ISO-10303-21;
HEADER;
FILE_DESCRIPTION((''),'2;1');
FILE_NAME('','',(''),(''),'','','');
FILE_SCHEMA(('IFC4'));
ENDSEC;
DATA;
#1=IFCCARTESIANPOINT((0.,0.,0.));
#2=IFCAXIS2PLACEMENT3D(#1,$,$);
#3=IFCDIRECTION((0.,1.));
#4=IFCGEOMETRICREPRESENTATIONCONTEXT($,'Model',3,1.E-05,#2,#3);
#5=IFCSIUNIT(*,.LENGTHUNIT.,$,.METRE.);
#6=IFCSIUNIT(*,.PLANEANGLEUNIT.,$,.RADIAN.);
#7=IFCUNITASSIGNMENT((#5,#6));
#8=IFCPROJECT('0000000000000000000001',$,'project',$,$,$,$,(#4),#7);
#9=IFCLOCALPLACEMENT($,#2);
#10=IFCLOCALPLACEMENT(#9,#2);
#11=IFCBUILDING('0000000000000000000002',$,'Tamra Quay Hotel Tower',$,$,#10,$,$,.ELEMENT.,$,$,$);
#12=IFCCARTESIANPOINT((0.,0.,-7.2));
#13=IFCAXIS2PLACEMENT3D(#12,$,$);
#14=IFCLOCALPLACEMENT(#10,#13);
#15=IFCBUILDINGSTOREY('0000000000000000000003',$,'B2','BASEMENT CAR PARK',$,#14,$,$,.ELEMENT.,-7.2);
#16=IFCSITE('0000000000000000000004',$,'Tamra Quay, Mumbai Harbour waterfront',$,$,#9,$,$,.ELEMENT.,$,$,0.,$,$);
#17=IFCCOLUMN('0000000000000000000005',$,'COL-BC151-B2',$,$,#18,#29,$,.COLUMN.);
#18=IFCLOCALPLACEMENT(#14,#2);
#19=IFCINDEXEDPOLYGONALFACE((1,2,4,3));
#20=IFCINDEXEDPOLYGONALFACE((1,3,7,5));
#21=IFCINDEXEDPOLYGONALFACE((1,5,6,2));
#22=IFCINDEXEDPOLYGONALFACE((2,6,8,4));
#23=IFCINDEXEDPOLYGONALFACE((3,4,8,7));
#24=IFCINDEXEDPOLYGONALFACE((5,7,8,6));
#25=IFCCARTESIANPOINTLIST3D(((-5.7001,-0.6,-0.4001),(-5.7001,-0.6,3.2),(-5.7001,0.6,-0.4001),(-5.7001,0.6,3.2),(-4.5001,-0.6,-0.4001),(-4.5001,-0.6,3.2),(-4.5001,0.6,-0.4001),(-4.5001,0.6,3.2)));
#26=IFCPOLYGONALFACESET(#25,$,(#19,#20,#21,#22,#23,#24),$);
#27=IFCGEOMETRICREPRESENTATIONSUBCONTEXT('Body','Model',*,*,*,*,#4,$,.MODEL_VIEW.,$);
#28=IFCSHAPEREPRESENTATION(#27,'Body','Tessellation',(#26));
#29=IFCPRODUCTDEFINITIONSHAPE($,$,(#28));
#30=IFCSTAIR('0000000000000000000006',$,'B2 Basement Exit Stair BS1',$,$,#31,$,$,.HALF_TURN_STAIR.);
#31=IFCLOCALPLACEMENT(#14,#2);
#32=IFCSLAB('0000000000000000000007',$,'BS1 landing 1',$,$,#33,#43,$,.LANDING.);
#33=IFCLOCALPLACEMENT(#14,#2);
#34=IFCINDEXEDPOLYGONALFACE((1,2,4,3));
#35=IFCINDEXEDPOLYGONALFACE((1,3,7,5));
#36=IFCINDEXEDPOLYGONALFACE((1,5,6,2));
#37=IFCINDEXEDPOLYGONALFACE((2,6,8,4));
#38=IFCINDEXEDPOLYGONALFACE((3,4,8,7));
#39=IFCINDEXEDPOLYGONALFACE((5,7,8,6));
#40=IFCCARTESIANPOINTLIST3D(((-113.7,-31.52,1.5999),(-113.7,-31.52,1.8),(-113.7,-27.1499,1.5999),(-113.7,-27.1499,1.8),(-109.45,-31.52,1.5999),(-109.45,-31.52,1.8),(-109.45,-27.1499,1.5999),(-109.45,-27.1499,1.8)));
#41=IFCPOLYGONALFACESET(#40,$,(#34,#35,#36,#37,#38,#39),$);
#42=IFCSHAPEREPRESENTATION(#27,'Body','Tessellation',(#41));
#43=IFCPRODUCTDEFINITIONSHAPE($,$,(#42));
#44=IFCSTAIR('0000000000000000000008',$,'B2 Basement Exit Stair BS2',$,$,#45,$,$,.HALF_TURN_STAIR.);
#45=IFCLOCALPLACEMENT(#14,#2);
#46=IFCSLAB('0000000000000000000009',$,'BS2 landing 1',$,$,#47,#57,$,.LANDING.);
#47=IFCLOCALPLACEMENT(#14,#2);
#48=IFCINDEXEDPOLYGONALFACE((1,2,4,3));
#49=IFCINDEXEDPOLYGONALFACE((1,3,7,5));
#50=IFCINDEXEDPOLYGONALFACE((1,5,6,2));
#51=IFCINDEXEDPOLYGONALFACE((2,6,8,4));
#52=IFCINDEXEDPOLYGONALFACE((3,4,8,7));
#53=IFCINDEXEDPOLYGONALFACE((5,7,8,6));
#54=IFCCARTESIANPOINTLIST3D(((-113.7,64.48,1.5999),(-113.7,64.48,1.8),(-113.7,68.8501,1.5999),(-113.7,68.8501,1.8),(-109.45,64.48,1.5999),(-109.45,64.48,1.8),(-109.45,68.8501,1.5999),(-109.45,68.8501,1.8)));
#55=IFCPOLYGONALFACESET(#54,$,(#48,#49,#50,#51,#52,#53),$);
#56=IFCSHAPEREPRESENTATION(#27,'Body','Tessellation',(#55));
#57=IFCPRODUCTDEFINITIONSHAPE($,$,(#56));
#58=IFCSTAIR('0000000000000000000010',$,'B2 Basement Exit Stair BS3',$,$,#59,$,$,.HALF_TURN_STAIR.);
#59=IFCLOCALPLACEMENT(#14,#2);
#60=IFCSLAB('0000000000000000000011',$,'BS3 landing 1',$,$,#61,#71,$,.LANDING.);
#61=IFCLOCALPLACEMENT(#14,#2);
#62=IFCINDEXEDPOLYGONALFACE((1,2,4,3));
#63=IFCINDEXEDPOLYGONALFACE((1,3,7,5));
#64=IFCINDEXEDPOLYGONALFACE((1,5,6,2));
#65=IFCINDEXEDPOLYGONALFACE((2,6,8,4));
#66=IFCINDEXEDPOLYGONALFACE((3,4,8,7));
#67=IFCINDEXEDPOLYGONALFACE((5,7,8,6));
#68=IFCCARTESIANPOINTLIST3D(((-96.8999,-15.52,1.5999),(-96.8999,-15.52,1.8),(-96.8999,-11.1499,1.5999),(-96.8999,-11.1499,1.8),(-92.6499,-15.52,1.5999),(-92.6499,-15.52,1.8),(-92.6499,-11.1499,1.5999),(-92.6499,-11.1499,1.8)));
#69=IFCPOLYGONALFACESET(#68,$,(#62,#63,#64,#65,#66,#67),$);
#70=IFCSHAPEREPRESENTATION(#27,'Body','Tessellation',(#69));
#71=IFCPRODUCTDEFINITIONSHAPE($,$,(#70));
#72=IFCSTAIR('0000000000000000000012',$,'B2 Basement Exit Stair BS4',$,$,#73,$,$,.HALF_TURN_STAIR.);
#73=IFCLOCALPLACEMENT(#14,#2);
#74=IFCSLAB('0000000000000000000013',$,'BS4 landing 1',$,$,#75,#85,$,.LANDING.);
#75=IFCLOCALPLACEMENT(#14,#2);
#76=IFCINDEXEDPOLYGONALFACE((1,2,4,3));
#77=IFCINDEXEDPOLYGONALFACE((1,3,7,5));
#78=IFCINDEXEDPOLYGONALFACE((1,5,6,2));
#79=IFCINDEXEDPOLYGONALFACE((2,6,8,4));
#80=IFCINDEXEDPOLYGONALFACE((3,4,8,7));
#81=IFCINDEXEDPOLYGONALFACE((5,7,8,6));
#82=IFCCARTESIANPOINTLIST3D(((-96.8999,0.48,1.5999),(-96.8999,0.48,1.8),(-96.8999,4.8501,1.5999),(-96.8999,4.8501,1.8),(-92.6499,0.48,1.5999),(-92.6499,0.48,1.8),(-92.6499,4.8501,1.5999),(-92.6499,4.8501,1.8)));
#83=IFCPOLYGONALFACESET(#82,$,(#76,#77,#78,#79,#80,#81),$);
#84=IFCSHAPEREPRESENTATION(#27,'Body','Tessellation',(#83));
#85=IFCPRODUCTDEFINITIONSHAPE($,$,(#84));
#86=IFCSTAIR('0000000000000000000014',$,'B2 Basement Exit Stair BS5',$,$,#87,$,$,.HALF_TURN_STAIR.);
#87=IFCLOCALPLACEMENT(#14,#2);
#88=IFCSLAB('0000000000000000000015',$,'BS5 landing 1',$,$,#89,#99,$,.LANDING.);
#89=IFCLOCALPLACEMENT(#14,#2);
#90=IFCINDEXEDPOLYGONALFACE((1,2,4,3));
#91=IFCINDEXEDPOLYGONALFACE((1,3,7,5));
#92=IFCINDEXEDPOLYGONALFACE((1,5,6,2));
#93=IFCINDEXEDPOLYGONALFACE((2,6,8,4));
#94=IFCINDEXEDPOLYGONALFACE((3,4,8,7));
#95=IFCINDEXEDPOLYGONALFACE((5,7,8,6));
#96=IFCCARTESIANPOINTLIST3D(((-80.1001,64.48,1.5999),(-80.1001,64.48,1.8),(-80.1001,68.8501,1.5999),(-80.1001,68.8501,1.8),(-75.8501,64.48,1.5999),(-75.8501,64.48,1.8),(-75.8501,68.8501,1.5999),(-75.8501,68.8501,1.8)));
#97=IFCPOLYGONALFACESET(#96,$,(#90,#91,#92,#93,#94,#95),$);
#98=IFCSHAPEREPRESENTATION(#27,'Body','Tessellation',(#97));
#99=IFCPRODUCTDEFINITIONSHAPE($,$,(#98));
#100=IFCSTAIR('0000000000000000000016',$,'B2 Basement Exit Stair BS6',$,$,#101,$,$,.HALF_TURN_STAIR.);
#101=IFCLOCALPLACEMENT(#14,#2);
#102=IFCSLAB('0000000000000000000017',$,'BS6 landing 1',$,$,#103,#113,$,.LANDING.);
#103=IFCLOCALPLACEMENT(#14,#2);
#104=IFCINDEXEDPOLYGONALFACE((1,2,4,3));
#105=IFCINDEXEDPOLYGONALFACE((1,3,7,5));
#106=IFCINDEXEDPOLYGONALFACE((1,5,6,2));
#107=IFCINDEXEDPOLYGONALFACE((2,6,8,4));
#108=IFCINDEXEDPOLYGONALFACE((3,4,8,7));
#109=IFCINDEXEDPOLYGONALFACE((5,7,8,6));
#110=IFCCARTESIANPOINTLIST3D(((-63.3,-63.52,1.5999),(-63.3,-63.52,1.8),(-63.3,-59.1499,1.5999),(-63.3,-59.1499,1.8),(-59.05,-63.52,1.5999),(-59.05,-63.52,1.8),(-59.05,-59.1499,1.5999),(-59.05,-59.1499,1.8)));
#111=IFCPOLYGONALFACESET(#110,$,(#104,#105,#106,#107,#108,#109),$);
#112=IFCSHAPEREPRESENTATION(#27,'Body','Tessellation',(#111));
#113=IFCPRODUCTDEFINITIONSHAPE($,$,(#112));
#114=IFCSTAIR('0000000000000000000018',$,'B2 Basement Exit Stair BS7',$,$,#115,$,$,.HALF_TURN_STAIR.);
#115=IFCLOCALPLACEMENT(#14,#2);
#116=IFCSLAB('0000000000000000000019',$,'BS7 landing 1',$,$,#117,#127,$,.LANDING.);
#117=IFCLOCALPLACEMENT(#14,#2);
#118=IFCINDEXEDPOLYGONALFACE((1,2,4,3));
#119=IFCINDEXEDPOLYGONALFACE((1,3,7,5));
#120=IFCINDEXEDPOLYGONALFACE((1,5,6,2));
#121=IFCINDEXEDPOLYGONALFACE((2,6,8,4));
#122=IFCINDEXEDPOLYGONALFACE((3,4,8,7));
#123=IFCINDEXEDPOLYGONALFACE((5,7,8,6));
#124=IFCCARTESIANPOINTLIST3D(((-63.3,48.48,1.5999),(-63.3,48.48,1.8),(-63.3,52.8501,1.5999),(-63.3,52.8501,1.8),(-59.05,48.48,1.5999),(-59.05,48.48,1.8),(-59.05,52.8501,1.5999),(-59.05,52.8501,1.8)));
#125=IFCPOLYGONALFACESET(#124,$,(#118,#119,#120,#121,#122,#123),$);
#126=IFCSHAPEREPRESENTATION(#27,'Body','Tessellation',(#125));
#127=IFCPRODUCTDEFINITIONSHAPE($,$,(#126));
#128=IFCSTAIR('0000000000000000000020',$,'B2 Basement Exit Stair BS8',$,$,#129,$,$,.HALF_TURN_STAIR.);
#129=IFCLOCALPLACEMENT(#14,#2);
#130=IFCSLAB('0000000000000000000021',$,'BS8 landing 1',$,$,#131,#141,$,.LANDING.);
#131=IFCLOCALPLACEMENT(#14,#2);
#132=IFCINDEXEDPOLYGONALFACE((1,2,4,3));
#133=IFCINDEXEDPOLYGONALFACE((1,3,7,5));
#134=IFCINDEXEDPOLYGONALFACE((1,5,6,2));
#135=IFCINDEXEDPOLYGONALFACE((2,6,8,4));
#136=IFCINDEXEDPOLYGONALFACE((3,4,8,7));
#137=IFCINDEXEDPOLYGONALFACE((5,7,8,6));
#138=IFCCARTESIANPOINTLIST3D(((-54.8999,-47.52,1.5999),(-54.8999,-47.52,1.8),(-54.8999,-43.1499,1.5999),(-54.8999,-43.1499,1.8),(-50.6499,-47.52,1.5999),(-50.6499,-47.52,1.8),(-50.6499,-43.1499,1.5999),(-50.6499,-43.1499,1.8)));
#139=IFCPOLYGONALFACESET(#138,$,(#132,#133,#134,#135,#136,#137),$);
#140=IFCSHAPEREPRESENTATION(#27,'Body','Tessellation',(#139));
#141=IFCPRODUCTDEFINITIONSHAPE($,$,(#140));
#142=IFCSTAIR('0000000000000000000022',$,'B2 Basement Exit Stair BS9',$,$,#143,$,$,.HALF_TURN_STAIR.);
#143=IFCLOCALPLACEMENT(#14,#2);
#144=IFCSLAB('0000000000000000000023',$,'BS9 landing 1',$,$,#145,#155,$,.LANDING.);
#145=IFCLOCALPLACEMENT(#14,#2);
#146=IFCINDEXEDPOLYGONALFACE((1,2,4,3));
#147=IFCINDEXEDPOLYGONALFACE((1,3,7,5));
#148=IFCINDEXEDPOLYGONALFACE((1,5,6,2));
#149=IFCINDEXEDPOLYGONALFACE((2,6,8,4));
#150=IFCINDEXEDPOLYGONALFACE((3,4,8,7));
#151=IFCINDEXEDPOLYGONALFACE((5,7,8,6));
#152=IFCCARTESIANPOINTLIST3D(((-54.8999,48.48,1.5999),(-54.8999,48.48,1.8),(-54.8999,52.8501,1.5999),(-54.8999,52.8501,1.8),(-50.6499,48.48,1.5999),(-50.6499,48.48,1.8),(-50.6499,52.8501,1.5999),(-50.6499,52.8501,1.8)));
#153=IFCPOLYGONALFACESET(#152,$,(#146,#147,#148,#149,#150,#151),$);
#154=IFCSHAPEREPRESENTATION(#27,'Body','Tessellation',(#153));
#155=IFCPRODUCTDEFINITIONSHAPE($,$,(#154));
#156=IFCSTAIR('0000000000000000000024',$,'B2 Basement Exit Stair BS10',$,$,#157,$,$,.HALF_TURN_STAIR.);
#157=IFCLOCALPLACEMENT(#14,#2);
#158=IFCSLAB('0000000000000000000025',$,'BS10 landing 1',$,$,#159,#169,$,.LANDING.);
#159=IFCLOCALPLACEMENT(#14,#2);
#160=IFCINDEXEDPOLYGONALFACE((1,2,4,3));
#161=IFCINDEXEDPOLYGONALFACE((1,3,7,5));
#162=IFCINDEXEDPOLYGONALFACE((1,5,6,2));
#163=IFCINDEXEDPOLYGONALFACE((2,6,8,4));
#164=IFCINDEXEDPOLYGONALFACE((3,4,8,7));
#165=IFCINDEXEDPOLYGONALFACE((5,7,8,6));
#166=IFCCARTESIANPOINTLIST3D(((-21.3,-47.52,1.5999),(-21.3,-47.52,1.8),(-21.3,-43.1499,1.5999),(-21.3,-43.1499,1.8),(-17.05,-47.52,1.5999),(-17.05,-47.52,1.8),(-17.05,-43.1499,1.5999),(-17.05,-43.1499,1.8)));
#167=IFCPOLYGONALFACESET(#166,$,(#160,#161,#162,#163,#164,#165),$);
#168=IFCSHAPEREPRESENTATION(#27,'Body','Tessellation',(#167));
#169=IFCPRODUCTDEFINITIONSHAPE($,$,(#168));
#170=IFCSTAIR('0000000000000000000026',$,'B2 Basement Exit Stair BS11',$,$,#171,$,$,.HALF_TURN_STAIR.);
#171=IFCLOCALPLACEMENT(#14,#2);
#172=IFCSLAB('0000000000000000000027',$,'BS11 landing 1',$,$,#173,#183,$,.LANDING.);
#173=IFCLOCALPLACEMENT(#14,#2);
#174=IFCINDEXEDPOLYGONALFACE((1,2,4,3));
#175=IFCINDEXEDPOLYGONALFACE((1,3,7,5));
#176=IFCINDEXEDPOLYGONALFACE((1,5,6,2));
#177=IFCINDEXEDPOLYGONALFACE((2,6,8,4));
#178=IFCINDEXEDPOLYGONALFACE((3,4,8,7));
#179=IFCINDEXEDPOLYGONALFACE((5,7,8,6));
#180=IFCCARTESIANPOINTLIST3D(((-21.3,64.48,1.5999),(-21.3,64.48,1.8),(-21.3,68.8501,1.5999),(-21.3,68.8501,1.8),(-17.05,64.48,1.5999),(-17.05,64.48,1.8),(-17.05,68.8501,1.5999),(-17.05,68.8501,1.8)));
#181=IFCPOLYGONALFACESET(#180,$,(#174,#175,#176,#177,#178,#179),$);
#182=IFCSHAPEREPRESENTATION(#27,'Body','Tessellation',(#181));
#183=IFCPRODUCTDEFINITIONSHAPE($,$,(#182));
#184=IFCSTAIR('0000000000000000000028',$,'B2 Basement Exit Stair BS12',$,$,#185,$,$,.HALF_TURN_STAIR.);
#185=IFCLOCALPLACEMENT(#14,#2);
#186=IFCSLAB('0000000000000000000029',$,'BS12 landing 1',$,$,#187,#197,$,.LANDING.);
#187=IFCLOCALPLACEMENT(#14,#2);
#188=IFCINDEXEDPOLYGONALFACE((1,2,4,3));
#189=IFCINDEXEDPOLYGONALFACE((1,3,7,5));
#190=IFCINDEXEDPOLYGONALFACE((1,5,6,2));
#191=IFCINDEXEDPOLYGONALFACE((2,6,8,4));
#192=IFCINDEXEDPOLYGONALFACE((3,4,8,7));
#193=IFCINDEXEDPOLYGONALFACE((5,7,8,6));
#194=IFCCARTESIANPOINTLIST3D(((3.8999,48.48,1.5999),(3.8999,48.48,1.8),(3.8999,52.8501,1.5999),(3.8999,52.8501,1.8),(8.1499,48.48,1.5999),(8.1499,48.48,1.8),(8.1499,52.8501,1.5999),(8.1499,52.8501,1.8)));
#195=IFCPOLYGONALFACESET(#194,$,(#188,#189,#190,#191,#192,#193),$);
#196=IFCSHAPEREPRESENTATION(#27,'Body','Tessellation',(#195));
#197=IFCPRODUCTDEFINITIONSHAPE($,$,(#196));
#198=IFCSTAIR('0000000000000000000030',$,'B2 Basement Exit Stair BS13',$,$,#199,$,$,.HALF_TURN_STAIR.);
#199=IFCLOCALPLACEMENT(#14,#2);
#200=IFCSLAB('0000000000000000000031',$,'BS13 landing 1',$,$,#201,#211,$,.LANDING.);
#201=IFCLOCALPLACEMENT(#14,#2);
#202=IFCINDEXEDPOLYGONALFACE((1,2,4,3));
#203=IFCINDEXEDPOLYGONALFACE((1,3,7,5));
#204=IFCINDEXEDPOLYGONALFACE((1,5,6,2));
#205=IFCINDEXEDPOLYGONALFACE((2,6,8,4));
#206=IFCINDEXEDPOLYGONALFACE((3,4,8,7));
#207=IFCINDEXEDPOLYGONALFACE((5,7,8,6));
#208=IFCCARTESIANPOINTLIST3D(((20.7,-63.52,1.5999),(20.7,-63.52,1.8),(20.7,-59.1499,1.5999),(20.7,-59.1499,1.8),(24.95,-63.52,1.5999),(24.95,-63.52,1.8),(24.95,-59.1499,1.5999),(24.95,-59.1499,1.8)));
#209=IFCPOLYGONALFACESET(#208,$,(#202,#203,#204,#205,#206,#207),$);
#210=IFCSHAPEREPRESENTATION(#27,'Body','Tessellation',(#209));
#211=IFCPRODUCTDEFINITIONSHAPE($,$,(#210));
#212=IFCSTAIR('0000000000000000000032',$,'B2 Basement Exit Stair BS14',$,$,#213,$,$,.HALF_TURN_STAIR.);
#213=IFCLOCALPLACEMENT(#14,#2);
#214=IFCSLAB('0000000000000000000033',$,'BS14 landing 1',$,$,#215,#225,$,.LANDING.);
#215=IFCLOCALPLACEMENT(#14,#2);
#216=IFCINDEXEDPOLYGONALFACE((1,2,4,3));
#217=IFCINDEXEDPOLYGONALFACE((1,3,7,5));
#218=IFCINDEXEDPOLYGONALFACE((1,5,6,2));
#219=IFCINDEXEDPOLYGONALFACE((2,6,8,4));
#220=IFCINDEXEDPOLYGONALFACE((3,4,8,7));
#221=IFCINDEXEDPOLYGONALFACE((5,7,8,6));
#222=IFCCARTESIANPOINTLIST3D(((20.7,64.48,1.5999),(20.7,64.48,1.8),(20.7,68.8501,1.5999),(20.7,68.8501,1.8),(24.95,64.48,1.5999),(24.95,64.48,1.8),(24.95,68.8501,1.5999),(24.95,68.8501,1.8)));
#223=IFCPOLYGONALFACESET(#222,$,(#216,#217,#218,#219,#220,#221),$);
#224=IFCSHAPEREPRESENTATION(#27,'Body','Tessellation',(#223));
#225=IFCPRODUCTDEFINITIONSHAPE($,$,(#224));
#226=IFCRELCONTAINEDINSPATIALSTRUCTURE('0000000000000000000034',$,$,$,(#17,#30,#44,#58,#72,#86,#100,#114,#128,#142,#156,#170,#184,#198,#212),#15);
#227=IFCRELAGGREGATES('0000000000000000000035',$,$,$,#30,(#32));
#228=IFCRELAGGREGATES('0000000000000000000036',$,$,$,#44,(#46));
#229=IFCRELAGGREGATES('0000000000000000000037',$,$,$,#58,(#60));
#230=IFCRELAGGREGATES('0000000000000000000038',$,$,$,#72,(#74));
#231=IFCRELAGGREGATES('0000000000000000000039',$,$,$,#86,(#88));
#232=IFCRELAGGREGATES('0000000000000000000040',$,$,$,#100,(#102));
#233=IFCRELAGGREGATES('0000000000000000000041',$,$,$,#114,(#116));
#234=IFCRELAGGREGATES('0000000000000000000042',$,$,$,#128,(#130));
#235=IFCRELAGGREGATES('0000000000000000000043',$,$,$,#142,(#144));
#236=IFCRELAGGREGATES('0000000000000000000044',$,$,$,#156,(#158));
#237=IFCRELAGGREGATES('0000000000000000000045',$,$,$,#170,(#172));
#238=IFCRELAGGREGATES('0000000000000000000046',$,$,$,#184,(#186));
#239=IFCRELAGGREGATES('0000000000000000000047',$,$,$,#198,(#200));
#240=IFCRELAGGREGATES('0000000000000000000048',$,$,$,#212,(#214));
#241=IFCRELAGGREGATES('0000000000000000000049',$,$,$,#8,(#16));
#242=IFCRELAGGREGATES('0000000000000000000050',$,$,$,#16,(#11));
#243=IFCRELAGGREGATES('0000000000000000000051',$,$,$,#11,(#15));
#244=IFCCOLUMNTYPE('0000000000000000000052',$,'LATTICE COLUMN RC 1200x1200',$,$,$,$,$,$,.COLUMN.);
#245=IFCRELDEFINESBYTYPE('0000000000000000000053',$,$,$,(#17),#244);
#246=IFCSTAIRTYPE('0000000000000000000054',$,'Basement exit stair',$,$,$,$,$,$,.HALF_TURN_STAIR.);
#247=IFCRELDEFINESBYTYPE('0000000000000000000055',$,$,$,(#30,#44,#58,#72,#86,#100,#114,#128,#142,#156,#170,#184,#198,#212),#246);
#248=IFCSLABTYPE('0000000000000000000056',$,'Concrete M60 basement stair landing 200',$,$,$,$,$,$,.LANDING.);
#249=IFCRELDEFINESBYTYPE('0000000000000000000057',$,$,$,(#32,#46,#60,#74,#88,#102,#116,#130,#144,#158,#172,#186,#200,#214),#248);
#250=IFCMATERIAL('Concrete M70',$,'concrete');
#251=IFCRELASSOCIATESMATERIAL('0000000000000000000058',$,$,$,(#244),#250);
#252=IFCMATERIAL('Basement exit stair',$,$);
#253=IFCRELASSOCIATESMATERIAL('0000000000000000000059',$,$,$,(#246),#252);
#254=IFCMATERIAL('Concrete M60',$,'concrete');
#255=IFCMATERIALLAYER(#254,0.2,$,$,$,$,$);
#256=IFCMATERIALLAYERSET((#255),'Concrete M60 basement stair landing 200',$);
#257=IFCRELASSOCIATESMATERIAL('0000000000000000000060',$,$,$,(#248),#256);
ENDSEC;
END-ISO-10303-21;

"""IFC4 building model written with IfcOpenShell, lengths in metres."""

from ifc_helpers import new_model, si_unit, direction, frame, origin, origin_2d, place, context, subcontext, project, spatial, polyline, rectangle, outline, extrude, material, layer, layer_set, material_profile, profile_set, type_object, element, aggregate, save


model = new_model("IFC4")

# Units and contexts
model_context = context("Model", 3, precision=1e-05, world=origin(), true_north=direction((0.0, 1.0)))
body_context = subcontext(model_context, "Body", "Model", "MODEL_VIEW")
ifc_project = project(units=[si_unit("LENGTHUNIT", "METRE"), si_unit("PLANEANGLEUNIT", "RADIAN")], contexts=[model_context])

# Site, building, storey
site_placement = place(None, origin())
site = spatial("IfcSite", under=ifc_project, at=site_placement, Name="Tamra Quay, Mumbai Harbour waterfront", CompositionType="ELEMENT", RefElevation=0.0)
building_placement = place(site_placement, origin())
building = spatial("IfcBuilding", under=site, at=building_placement, Name="Tamra Quay Hotel Tower", CompositionType="ELEMENT")
storey_placement = place(building_placement, frame((0.0, 0.0, -7.2)))
storey = spatial("IfcBuildingStorey", under=building, at=storey_placement, Name="B2", Description="BASEMENT CAR PARK", CompositionType="ELEMENT", Elevation=-7.2)

# Column
ifc_material_1 = material(Name="Concrete M70", Category="concrete")
ifc_material_profile = material_profile(ifc_material_1, rectangle(XDim=1.2, YDim=1.2, at=origin_2d()), Name="LATTICE COLUMN RC 1200x1200")
ifc_profile_set = profile_set([ifc_material_profile], Name="Concrete M70")
column_type = type_object("IfcColumnType", Name="LATTICE COLUMN RC 1200x1200", PredefinedType="COLUMN", material=ifc_profile_set)
column_placement = place(storey_placement, frame((-5.1001, 0.0, -0.4001), z_axis=(0.0, 0.0, 1.0), x_axis=(1.0, 0.0, 0.0)))
element("IfcColumn", 1, at=column_placement, inside=storey, type_object=column_type, Name="COL-BC151-B2", PredefinedType="COLUMN", context=body_context, shape_type="SweptSolid", body=[
    extrude(rectangle(XDim=1.2, YDim=1.2, at=origin_2d()), origin(), (0.0, 0.0, 1.0), 3.6001),
])

# Stairs, slabs
ifc_material_2 = material(Name="Basement exit stair")
stair_type_1 = type_object("IfcStairType", Name="Basement exit stair", PredefinedType="HALF_TURN_STAIR", material=ifc_material_2)
stair_1_placement = place(storey_placement, origin())
stair_1 = element("IfcStair", 2, at=stair_1_placement, inside=storey, type_object=stair_type_1, Name="B2 Basement Exit Stair BS1", PredefinedType="HALF_TURN_STAIR")
ifc_material_3 = material(Name="Concrete M60", Category="concrete")
ifc_layer_1 = layer(ifc_material_3, 0.2)
ifc_layer_set_1 = layer_set([ifc_layer_1], Name="Concrete M60 basement stair landing 200")
slab_type_1 = type_object("IfcSlabType", Name="Concrete M60 basement stair landing 200", PredefinedType="LANDING", material=ifc_layer_set_1)
slab_1_placement = place(storey_placement, frame((0.0, 0.0, 1.5999)))
slab_1 = element("IfcSlab", 3, at=slab_1_placement, type_object=slab_type_1, Name="BS1 landing 1", PredefinedType="LANDING", context=body_context, shape_type="SweptSolid", body=[
    extrude(outline(polyline([(-109.45, -31.52), (-109.45, -27.1499), (-113.7, -27.1499), (-113.7, -31.52), (-109.45, -31.52)])), origin(), (0.0, 0.0, 1.0), 0.2002),
])
aggregate(stair_1, [slab_1])
stair_2_placement = place(storey_placement, origin())
stair_2 = element("IfcStair", 4, at=stair_2_placement, inside=storey, type_object=stair_type_1, Name="B2 Basement Exit Stair BS2", PredefinedType="HALF_TURN_STAIR")
slab_2_placement = place(storey_placement, frame((0.0, 0.0, 1.5999)))
slab_2 = element("IfcSlab", 5, at=slab_2_placement, type_object=slab_type_1, Name="BS2 landing 1", PredefinedType="LANDING", context=body_context, shape_type="SweptSolid", body=[
    extrude(outline(polyline([(-109.45, 64.48), (-109.45, 68.8501), (-113.7, 68.8501), (-113.7, 64.48), (-109.45, 64.48)])), origin(), (0.0, 0.0, 1.0), 0.2002),
])
aggregate(stair_2, [slab_2])
stair_3_placement = place(storey_placement, origin())
stair_3 = element("IfcStair", 6, at=stair_3_placement, inside=storey, type_object=stair_type_1, Name="B2 Basement Exit Stair BS3", PredefinedType="HALF_TURN_STAIR")
slab_3_placement = place(storey_placement, frame((0.0, 0.0, 1.5999)))
slab_3 = element("IfcSlab", 7, at=slab_3_placement, type_object=slab_type_1, Name="BS3 landing 1", PredefinedType="LANDING", context=body_context, shape_type="SweptSolid", body=[
    extrude(outline(polyline([(-92.6499, -15.52), (-92.6499, -11.1499), (-96.8999, -11.1499), (-96.8999, -15.52), (-92.6499, -15.52)])), origin(), (0.0, 0.0, 1.0), 0.2002),
])
aggregate(stair_3, [slab_3])
stair_4_placement = place(storey_placement, origin())
stair_4 = element("IfcStair", 8, at=stair_4_placement, inside=storey, type_object=stair_type_1, Name="B2 Basement Exit Stair BS4", PredefinedType="HALF_TURN_STAIR")
slab_4_placement = place(storey_placement, frame((0.0, 0.0, 1.5999)))
slab_4 = element("IfcSlab", 9, at=slab_4_placement, type_object=slab_type_1, Name="BS4 landing 1", PredefinedType="LANDING", context=body_context, shape_type="SweptSolid", body=[
    extrude(outline(polyline([(-92.6499, 0.48), (-92.6499, 4.8501), (-96.8999, 4.8501), (-96.8999, 0.48), (-92.6499, 0.48)])), origin(), (0.0, 0.0, 1.0), 0.2002),
])
aggregate(stair_4, [slab_4])
stair_5_placement = place(storey_placement, origin())
stair_5 = element("IfcStair", 10, at=stair_5_placement, inside=storey, type_object=stair_type_1, Name="B2 Basement Exit Stair BS5", PredefinedType="HALF_TURN_STAIR")
slab_5_placement = place(storey_placement, frame((0.0, 0.0, 1.5999)))
slab_5 = element("IfcSlab", 11, at=slab_5_placement, type_object=slab_type_1, Name="BS5 landing 1", PredefinedType="LANDING", context=body_context, shape_type="SweptSolid", body=[
    extrude(outline(polyline([(-75.8501, 64.48), (-75.8501, 68.8501), (-80.1001, 68.8501), (-80.1001, 64.48), (-75.8501, 64.48)])), origin(), (0.0, 0.0, 1.0), 0.2002),
])
aggregate(stair_5, [slab_5])
stair_6_placement = place(storey_placement, origin())
stair_6 = element("IfcStair", 12, at=stair_6_placement, inside=storey, type_object=stair_type_1, Name="B2 Basement Exit Stair BS6", PredefinedType="HALF_TURN_STAIR")
slab_6_placement = place(storey_placement, frame((0.0, 0.0, 1.5999)))
slab_6 = element("IfcSlab", 13, at=slab_6_placement, type_object=slab_type_1, Name="BS6 landing 1", PredefinedType="LANDING", context=body_context, shape_type="SweptSolid", body=[
    extrude(outline(polyline([(-59.05, -63.52), (-59.05, -59.1499), (-63.3, -59.1499), (-63.3, -63.52), (-59.05, -63.52)])), origin(), (0.0, 0.0, 1.0), 0.2002),
])
aggregate(stair_6, [slab_6])
stair_7_placement = place(storey_placement, origin())
stair_7 = element("IfcStair", 14, at=stair_7_placement, inside=storey, type_object=stair_type_1, Name="B2 Basement Exit Stair BS7", PredefinedType="HALF_TURN_STAIR")
slab_7_placement = place(storey_placement, frame((0.0, 0.0, 1.5999)))
slab_7 = element("IfcSlab", 15, at=slab_7_placement, type_object=slab_type_1, Name="BS7 landing 1", PredefinedType="LANDING", context=body_context, shape_type="SweptSolid", body=[
    extrude(outline(polyline([(-59.05, 48.48), (-59.05, 52.8501), (-63.3, 52.8501), (-63.3, 48.48), (-59.05, 48.48)])), origin(), (0.0, 0.0, 1.0), 0.2002),
])
aggregate(stair_7, [slab_7])
stair_8_placement = place(storey_placement, origin())
stair_8 = element("IfcStair", 16, at=stair_8_placement, inside=storey, type_object=stair_type_1, Name="B2 Basement Exit Stair BS8", PredefinedType="HALF_TURN_STAIR")
slab_8_placement = place(storey_placement, frame((0.0, 0.0, 1.5999)))
slab_8 = element("IfcSlab", 17, at=slab_8_placement, type_object=slab_type_1, Name="BS8 landing 1", PredefinedType="LANDING", context=body_context, shape_type="SweptSolid", body=[
    extrude(outline(polyline([(-50.6499, -47.52), (-50.6499, -43.1499), (-54.8999, -43.1499), (-54.8999, -47.52), (-50.6499, -47.52)])), origin(), (0.0, 0.0, 1.0), 0.2002),
])
aggregate(stair_8, [slab_8])
stair_9_placement = place(storey_placement, origin())
stair_9 = element("IfcStair", 18, at=stair_9_placement, inside=storey, type_object=stair_type_1, Name="B2 Basement Exit Stair BS9", PredefinedType="HALF_TURN_STAIR")
slab_9_placement = place(storey_placement, frame((0.0, 0.0, 1.5999)))
slab_9 = element("IfcSlab", 19, at=slab_9_placement, type_object=slab_type_1, Name="BS9 landing 1", PredefinedType="LANDING", context=body_context, shape_type="SweptSolid", body=[
    extrude(outline(polyline([(-50.6499, 48.48), (-50.6499, 52.8501), (-54.8999, 52.8501), (-54.8999, 48.48), (-50.6499, 48.48)])), origin(), (0.0, 0.0, 1.0), 0.2002),
])
aggregate(stair_9, [slab_9])
stair_10_placement = place(storey_placement, origin())
stair_10 = element("IfcStair", 20, at=stair_10_placement, inside=storey, type_object=stair_type_1, Name="B2 Basement Exit Stair BS10", PredefinedType="HALF_TURN_STAIR")
slab_10_placement = place(storey_placement, frame((0.0, 0.0, 1.5999)))
slab_10 = element("IfcSlab", 21, at=slab_10_placement, type_object=slab_type_1, Name="BS10 landing 1", PredefinedType="LANDING", context=body_context, shape_type="SweptSolid", body=[
    extrude(outline(polyline([(-17.05, -47.52), (-17.05, -43.1499), (-21.3, -43.1499), (-21.3, -47.52), (-17.05, -47.52)])), origin(), (0.0, 0.0, 1.0), 0.2002),
])
aggregate(stair_10, [slab_10])
stair_11_placement = place(storey_placement, origin())
stair_11 = element("IfcStair", 22, at=stair_11_placement, inside=storey, type_object=stair_type_1, Name="B2 Basement Exit Stair BS11", PredefinedType="HALF_TURN_STAIR")
slab_11_placement = place(storey_placement, frame((0.0, 0.0, 1.5999)))
slab_11 = element("IfcSlab", 23, at=slab_11_placement, type_object=slab_type_1, Name="BS11 landing 1", PredefinedType="LANDING", context=body_context, shape_type="SweptSolid", body=[
    extrude(outline(polyline([(-17.05, 64.48), (-17.05, 68.8501), (-21.3, 68.8501), (-21.3, 64.48), (-17.05, 64.48)])), origin(), (0.0, 0.0, 1.0), 0.2002),
])
aggregate(stair_11, [slab_11])
stair_12_placement = place(storey_placement, origin())
stair_12 = element("IfcStair", 24, at=stair_12_placement, inside=storey, type_object=stair_type_1, Name="B2 Basement Exit Stair BS12", PredefinedType="HALF_TURN_STAIR")
slab_12_placement = place(storey_placement, frame((0.0, 0.0, 1.5999)))
slab_12 = element("IfcSlab", 25, at=slab_12_placement, type_object=slab_type_1, Name="BS12 landing 1", PredefinedType="LANDING", context=body_context, shape_type="SweptSolid", body=[
    extrude(outline(polyline([(8.1499, 48.48), (8.1499, 52.8501), (3.8999, 52.8501), (3.8999, 48.48), (8.1499, 48.48)])), origin(), (0.0, 0.0, 1.0), 0.2002),
])
aggregate(stair_12, [slab_12])
stair_13_placement = place(storey_placement, origin())
stair_13 = element("IfcStair", 26, at=stair_13_placement, inside=storey, type_object=stair_type_1, Name="B2 Basement Exit Stair BS13", PredefinedType="HALF_TURN_STAIR")
slab_13_placement = place(storey_placement, frame((0.0, 0.0, 1.5999)))
slab_13 = element("IfcSlab", 27, at=slab_13_placement, type_object=slab_type_1, Name="BS13 landing 1", PredefinedType="LANDING", context=body_context, shape_type="SweptSolid", body=[
    extrude(outline(polyline([(24.95, -63.52), (24.95, -59.1499), (20.7, -59.1499), (20.7, -63.52), (24.95, -63.52)])), origin(), (0.0, 0.0, 1.0), 0.2002),
])
aggregate(stair_13, [slab_13])
stair_14_placement = place(storey_placement, origin())
stair_14 = element("IfcStair", 28, at=stair_14_placement, inside=storey, type_object=stair_type_1, Name="B2 Basement Exit Stair BS14", PredefinedType="HALF_TURN_STAIR")
slab_14_placement = place(storey_placement, frame((0.0, 0.0, 1.5999)))
slab_14 = element("IfcSlab", 29, at=slab_14_placement, type_object=slab_type_1, Name="BS14 landing 1", PredefinedType="LANDING", context=body_context, shape_type="SweptSolid", body=[
    extrude(outline(polyline([(24.95, 64.48), (24.95, 68.8501), (20.7, 68.8501), (20.7, 64.48), (24.95, 64.48)])), origin(), (0.0, 0.0, 1.0), 0.2002),
])
aggregate(stair_14, [slab_14])

save(model, "model.ifc")
